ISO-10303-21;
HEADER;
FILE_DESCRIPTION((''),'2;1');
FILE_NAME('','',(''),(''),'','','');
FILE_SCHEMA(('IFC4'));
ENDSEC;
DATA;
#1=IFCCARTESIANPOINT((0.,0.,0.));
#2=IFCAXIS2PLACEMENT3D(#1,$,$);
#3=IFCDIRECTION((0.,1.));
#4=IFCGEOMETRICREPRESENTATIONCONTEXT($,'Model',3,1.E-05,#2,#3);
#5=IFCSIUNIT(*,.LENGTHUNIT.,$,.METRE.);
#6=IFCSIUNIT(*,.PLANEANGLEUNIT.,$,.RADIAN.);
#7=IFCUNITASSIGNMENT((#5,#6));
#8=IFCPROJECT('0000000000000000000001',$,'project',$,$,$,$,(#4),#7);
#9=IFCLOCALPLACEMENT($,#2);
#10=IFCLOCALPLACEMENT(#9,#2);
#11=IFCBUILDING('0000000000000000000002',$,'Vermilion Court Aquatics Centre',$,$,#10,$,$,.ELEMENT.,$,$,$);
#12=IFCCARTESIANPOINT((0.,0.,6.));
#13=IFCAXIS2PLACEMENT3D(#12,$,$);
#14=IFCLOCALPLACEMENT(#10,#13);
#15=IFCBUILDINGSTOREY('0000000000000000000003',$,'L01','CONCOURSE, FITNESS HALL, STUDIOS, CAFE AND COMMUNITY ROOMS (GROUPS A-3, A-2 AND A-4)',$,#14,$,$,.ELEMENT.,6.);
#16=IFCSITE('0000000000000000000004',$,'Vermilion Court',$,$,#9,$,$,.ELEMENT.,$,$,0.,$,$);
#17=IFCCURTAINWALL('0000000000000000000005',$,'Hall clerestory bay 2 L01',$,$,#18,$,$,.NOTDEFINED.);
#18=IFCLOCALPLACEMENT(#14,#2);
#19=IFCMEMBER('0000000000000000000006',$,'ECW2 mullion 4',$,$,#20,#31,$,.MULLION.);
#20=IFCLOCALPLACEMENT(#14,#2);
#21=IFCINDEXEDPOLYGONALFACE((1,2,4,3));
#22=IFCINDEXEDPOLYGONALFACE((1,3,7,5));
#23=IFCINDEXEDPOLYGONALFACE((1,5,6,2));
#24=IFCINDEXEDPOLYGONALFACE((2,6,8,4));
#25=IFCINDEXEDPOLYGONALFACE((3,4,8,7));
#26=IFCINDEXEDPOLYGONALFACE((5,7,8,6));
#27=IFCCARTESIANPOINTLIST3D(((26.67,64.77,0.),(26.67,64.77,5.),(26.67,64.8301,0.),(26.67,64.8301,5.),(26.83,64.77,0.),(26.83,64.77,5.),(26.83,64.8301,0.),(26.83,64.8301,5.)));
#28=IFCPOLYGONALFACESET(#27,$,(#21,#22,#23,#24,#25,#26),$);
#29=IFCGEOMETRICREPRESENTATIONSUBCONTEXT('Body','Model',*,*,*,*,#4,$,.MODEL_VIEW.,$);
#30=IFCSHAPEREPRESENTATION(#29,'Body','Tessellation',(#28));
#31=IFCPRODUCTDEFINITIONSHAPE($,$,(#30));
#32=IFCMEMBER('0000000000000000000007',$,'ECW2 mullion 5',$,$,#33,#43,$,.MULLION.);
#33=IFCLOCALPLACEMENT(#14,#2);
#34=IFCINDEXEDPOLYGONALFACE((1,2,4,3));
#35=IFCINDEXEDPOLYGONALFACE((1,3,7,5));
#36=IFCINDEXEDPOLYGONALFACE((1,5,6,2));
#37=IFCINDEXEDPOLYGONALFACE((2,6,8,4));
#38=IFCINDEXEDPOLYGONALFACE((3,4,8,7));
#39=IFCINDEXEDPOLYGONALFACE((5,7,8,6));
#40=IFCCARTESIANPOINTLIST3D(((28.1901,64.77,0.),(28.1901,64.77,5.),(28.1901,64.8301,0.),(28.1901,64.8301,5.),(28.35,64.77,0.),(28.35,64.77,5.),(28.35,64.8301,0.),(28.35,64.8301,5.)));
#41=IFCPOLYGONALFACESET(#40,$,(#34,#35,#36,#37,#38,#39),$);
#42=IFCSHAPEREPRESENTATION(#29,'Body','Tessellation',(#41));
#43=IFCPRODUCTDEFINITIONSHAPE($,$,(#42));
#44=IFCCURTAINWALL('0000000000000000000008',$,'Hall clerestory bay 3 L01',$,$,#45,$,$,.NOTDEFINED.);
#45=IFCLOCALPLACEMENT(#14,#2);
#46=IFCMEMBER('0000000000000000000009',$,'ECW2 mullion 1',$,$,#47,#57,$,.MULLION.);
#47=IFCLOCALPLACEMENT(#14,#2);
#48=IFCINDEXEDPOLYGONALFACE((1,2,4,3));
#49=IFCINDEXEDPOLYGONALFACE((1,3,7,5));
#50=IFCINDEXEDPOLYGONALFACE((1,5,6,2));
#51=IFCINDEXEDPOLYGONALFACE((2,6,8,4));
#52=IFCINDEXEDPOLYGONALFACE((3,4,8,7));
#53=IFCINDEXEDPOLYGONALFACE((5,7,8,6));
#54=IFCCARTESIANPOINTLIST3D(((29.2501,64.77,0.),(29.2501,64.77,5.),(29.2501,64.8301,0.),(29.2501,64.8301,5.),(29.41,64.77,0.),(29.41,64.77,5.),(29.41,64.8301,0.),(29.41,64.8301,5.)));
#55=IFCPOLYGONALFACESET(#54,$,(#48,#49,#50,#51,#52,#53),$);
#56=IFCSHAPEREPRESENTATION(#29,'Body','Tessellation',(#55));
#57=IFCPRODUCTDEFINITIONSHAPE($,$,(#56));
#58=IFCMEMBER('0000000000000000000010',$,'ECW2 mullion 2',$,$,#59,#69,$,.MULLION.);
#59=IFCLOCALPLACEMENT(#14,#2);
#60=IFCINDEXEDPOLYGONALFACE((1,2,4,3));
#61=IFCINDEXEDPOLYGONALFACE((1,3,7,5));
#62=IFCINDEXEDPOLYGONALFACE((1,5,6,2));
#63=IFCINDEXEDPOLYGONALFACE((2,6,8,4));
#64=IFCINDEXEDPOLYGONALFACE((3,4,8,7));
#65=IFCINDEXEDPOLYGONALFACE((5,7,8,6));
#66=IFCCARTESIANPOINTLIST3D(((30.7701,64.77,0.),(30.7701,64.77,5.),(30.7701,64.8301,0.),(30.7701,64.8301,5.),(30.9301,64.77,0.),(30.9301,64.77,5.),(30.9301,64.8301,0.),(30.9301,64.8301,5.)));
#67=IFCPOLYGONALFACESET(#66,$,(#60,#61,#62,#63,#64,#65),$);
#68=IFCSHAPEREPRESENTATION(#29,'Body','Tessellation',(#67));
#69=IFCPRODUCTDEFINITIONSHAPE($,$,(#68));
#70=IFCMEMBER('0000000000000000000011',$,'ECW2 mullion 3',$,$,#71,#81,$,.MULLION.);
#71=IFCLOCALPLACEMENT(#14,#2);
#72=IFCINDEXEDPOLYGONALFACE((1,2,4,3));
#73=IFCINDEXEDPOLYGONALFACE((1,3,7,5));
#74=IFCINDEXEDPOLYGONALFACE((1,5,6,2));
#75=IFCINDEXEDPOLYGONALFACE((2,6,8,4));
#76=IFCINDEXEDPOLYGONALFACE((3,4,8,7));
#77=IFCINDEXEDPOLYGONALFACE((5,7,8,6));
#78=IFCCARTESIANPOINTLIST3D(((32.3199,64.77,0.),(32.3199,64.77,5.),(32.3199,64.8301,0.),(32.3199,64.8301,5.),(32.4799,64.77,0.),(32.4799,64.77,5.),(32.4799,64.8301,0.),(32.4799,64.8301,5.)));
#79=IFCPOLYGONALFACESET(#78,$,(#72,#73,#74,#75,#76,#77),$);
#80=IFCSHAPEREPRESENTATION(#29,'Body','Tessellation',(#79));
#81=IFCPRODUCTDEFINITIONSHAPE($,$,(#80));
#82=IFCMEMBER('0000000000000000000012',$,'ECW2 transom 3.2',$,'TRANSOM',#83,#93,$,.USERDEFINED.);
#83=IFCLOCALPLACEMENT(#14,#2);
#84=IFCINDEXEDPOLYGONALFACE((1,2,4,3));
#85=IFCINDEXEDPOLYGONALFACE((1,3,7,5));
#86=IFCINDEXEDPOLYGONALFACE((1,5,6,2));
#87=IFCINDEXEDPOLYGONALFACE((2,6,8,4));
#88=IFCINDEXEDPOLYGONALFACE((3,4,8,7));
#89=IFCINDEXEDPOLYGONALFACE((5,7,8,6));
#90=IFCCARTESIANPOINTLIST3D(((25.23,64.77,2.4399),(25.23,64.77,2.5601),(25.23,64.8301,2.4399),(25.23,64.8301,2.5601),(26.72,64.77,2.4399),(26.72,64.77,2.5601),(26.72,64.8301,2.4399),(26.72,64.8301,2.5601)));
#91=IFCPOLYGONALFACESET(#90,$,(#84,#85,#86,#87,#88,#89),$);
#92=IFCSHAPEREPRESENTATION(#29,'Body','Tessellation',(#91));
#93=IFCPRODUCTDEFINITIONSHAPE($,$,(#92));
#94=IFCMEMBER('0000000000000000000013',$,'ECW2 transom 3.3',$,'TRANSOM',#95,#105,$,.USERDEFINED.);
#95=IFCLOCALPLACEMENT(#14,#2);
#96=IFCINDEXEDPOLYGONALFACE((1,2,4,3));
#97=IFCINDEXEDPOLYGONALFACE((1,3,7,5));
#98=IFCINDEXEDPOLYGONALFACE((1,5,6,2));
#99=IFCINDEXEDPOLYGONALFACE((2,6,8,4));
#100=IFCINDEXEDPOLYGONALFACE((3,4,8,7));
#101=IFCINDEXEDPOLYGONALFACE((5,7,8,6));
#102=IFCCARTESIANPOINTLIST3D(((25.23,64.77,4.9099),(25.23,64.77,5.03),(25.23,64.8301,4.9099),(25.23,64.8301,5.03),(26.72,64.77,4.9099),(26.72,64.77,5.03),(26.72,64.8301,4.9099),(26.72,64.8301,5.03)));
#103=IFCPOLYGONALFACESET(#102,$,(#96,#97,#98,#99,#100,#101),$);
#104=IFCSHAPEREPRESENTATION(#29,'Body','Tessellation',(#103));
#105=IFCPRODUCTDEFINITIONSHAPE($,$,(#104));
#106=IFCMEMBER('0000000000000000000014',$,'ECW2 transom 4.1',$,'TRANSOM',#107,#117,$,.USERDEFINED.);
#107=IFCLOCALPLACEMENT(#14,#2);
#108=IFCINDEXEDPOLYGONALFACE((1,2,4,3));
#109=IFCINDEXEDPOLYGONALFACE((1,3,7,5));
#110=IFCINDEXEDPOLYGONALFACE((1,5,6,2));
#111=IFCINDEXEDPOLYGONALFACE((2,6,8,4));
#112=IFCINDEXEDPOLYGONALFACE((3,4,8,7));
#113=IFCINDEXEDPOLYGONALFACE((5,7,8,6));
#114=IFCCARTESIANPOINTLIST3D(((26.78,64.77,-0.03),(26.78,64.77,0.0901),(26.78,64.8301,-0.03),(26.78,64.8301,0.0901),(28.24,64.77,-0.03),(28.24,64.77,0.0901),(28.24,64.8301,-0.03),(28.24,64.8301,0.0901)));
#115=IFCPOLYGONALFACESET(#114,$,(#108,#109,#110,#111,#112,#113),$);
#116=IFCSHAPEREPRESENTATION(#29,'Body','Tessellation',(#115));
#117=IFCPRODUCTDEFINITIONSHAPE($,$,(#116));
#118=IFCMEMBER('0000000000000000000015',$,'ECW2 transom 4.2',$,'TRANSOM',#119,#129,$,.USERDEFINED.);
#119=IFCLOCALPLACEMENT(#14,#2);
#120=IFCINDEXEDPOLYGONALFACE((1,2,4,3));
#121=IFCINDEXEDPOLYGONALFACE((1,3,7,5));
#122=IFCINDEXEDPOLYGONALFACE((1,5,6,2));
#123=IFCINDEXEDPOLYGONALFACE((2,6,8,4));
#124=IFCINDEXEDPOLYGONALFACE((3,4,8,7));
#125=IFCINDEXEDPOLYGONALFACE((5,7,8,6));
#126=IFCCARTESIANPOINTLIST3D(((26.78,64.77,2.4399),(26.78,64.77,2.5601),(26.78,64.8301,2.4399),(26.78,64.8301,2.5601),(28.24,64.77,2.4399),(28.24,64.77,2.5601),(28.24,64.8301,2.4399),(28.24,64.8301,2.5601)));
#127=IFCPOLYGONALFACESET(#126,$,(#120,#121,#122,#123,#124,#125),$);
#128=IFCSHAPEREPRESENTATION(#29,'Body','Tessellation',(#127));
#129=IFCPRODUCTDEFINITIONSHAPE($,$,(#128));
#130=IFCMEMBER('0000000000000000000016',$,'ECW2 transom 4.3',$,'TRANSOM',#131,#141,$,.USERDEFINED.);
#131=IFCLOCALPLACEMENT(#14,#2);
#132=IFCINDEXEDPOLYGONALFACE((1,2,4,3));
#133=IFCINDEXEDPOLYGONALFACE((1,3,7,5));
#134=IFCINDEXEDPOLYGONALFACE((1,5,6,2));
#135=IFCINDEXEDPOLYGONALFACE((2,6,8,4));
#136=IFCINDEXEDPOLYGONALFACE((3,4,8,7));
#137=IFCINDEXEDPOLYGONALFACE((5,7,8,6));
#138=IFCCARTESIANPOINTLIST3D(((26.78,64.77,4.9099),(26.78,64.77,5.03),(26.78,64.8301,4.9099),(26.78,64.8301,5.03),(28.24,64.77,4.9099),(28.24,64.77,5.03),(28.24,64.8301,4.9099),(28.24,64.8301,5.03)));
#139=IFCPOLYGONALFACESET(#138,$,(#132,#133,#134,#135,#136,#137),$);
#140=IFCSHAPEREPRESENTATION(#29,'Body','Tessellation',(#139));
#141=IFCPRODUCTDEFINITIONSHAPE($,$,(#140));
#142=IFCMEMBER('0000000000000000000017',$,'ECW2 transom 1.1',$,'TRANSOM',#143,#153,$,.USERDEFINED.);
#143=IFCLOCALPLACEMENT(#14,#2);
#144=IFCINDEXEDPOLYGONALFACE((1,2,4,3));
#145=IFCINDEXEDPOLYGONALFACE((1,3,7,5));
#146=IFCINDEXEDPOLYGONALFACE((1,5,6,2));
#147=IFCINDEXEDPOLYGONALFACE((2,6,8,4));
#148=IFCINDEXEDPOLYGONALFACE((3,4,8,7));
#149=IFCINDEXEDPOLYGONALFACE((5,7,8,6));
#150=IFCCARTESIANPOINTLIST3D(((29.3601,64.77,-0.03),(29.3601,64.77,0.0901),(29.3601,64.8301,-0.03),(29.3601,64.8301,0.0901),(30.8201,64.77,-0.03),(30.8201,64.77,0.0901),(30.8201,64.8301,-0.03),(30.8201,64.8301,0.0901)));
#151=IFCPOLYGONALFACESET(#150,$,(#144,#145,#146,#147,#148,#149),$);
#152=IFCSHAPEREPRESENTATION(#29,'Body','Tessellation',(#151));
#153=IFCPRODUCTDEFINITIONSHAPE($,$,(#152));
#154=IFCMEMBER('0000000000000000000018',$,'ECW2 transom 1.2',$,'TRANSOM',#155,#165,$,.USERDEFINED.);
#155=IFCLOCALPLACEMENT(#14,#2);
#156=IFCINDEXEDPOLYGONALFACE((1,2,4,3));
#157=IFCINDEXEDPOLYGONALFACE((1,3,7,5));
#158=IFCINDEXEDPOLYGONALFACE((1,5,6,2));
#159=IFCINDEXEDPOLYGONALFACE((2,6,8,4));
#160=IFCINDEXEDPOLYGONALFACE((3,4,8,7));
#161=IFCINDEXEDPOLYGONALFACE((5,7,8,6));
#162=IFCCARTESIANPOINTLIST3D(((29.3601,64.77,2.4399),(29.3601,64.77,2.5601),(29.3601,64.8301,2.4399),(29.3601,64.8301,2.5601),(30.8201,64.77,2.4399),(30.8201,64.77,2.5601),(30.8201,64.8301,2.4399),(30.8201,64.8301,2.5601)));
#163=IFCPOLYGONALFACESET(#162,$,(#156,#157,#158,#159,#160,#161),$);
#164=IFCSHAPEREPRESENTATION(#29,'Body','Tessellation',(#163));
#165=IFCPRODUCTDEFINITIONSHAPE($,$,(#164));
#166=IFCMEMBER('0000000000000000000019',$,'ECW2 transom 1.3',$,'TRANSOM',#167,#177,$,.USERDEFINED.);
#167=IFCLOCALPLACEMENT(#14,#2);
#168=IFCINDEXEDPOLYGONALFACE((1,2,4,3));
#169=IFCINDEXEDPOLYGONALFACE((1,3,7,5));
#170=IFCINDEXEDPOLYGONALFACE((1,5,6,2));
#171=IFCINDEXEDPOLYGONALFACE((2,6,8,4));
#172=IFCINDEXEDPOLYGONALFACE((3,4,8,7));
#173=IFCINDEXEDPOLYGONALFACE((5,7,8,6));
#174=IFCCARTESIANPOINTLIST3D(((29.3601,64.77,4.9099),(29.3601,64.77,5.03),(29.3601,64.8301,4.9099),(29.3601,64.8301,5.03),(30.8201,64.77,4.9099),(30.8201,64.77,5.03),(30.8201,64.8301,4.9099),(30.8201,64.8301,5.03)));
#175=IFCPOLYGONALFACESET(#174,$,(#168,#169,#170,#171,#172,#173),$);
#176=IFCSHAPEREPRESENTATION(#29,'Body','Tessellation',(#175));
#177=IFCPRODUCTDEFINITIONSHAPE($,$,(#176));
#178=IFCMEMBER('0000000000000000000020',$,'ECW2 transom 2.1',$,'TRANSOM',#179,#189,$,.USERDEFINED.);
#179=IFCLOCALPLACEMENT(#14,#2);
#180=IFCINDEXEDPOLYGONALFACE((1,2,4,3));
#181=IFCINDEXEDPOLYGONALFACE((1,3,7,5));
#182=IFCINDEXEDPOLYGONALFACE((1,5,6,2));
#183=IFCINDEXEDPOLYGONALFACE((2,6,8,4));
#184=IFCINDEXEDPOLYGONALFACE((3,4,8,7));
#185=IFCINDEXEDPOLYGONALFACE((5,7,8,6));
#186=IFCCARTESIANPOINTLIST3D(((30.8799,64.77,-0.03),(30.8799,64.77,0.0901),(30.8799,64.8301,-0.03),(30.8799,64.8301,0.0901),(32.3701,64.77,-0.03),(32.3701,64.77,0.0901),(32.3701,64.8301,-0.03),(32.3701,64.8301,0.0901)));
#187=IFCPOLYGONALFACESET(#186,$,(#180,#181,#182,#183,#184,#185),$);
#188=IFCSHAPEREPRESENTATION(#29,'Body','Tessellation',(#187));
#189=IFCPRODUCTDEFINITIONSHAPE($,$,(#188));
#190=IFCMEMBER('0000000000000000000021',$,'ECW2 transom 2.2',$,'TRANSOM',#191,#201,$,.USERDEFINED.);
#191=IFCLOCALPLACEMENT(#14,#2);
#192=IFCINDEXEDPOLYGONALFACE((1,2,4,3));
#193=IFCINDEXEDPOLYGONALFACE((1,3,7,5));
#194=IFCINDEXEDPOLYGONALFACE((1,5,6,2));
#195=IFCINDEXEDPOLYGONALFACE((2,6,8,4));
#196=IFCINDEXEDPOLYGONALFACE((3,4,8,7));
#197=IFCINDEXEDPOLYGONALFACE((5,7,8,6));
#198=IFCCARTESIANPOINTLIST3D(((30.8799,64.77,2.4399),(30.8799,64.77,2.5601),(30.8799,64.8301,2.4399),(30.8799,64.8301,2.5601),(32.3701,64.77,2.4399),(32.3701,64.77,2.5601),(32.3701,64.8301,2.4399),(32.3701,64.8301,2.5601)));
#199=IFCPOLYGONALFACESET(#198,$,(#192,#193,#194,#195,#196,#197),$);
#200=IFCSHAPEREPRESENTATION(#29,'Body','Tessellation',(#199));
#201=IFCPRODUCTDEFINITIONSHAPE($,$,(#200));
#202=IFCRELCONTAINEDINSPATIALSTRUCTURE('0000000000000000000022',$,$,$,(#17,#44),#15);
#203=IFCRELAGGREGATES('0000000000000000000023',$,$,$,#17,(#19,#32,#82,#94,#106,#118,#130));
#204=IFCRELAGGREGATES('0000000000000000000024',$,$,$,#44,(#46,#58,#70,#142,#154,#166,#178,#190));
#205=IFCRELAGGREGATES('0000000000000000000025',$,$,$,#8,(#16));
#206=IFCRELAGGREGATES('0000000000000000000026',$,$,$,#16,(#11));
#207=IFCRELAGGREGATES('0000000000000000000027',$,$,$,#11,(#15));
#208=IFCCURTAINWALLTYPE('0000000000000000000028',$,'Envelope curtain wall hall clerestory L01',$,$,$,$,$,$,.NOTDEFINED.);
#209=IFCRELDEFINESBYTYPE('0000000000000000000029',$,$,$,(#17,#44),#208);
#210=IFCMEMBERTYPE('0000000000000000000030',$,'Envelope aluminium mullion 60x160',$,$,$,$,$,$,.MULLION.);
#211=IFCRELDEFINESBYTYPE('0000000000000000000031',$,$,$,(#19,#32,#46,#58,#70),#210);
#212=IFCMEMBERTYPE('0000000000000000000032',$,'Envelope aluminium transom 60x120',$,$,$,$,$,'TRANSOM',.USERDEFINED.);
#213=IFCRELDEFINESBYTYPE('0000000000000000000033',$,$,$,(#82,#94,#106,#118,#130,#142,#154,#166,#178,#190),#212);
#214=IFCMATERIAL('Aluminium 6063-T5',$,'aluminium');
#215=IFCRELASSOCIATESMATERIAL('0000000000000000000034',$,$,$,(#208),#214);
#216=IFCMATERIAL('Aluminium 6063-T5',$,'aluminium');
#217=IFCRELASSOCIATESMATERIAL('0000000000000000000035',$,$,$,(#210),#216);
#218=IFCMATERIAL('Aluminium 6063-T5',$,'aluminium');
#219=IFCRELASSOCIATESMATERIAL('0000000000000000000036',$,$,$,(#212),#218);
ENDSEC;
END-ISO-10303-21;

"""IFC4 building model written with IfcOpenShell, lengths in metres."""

from ifc_helpers import new_model, si_unit, direction, frame, origin, origin_2d, place, context, subcontext, project, spatial, rectangle, extrude, material, material_profile, profile_set, type_object, element, aggregate, save


model = new_model("IFC4")

# Units and contexts
model_context = context("Model", 3, precision=1e-05, world=origin(), true_north=direction((0.0, 1.0)))
body_context = subcontext(model_context, "Body", "Model", "MODEL_VIEW")
ifc_project = project(units=[si_unit("LENGTHUNIT", "METRE"), si_unit("PLANEANGLEUNIT", "RADIAN")], contexts=[model_context])

# Site, building, storey
site_placement = place(None, origin())
site = spatial("IfcSite", under=ifc_project, at=site_placement, Name="Vermilion Court", CompositionType="ELEMENT", RefElevation=0.0)
building_placement = place(site_placement, origin())
building = spatial("IfcBuilding", under=site, at=building_placement, Name="Vermilion Court Aquatics Centre", CompositionType="ELEMENT")
storey_placement = place(building_placement, frame((0.0, 0.0, 6.0)))
storey = spatial("IfcBuildingStorey", under=building, at=storey_placement, Name="L01", Description="CONCOURSE, FITNESS HALL, STUDIOS, CAFE AND COMMUNITY ROOMS (GROUPS A-3, A-2 AND A-4)", CompositionType="ELEMENT", Elevation=6.0)

# Curtain walls, members
ifc_material_1 = material(Name="Aluminium 6063-T5", Category="aluminium")
curtain_wall_type = type_object("IfcCurtainWallType", Name="Envelope curtain wall hall clerestory L01", PredefinedType="NOTDEFINED", material=ifc_material_1)
curtain_wall_1_placement = place(storey_placement, origin())
curtain_wall_1 = element("IfcCurtainWall", 1, at=curtain_wall_1_placement, inside=storey, type_object=curtain_wall_type, Name="Hall clerestory bay 2 L01", PredefinedType="NOTDEFINED")
ifc_material_2 = material(Name="Aluminium 6063-T5", Category="aluminium")
ifc_material_profile_1 = material_profile(ifc_material_2, rectangle(XDim=0.0601, YDim=0.1599, at=origin_2d()), Name="AL 60x160")
ifc_profile_set_1 = profile_set([ifc_material_profile_1], Name="Aluminium 6063-T5")
member_type_1 = type_object("IfcMemberType", Name="Envelope aluminium mullion 60x160", PredefinedType="MULLION", material=ifc_profile_set_1)
member_1_placement = place(storey_placement, frame((26.75, 64.8, 0.0), z_axis=(0.0, 0.0, 1.0), x_axis=(0.0, 1.0, 0.0)))
member_1 = element("IfcMember", 2, at=member_1_placement, type_object=member_type_1, Name="ECW2 mullion 4", PredefinedType="MULLION", context=body_context, shape_type="SweptSolid", body=[
    extrude(rectangle(XDim=0.0601, YDim=0.1599, at=origin_2d()), origin(), (0.0, 0.0, 1.0), 5.0),
])
member_2_placement = place(storey_placement, frame((28.27, 64.8, 0.0), z_axis=(0.0, 0.0, 1.0), x_axis=(0.0, 1.0, 0.0)))
member_2 = element("IfcMember", 3, at=member_2_placement, type_object=member_type_1, Name="ECW2 mullion 5", PredefinedType="MULLION", context=body_context, shape_type="SweptSolid", body=[
    extrude(rectangle(XDim=0.0601, YDim=0.1599, at=origin_2d()), origin(), (0.0, 0.0, 1.0), 5.0),
])
curtain_wall_2_placement = place(storey_placement, origin())
curtain_wall_2 = element("IfcCurtainWall", 4, at=curtain_wall_2_placement, inside=storey, type_object=curtain_wall_type, Name="Hall clerestory bay 3 L01", PredefinedType="NOTDEFINED")
member_3_placement = place(storey_placement, frame((29.3301, 64.8, 0.0), z_axis=(0.0, 0.0, 1.0), x_axis=(0.0, 1.0, 0.0)))
member_3 = element("IfcMember", 5, at=member_3_placement, type_object=member_type_1, Name="ECW2 mullion 1", PredefinedType="MULLION", context=body_context, shape_type="SweptSolid", body=[
    extrude(rectangle(XDim=0.0601, YDim=0.1599, at=origin_2d()), origin(), (0.0, 0.0, 1.0), 5.0),
])
member_4_placement = place(storey_placement, frame((30.8501, 64.8, 0.0), z_axis=(0.0, 0.0, 1.0), x_axis=(0.0, 1.0, 0.0)))
member_4 = element("IfcMember", 6, at=member_4_placement, type_object=member_type_1, Name="ECW2 mullion 2", PredefinedType="MULLION", context=body_context, shape_type="SweptSolid", body=[
    extrude(rectangle(XDim=0.0601, YDim=0.1599, at=origin_2d()), origin(), (0.0, 0.0, 1.0), 5.0),
])
member_5_placement = place(storey_placement, frame((32.3999, 64.8, 0.0), z_axis=(0.0, 0.0, 1.0), x_axis=(0.0, 1.0, 0.0)))
member_5 = element("IfcMember", 7, at=member_5_placement, type_object=member_type_1, Name="ECW2 mullion 3", PredefinedType="MULLION", context=body_context, shape_type="SweptSolid", body=[
    extrude(rectangle(XDim=0.0601, YDim=0.1599, at=origin_2d()), origin(), (0.0, 0.0, 1.0), 5.0),
])

# Members
ifc_material_3 = material(Name="Aluminium 6063-T5", Category="aluminium")
ifc_material_profile_2 = material_profile(ifc_material_3, rectangle(XDim=0.0601, YDim=0.1201, at=origin_2d()), Name="AL 60x120")
ifc_profile_set_2 = profile_set([ifc_material_profile_2], Name="Aluminium 6063-T5")
member_type_2 = type_object("IfcMemberType", Name="Envelope aluminium transom 60x120", ElementType="TRANSOM", PredefinedType="USERDEFINED", material=ifc_profile_set_2)
member_6_placement = place(storey_placement, frame((25.23, 64.8, 2.5), z_axis=(1.0, 0.0, 0.0), x_axis=(0.0, 1.0, 0.0)))
member_6 = element("IfcMember", 8, at=member_6_placement, type_object=member_type_2, Name="ECW2 transom 3.2", ObjectType="TRANSOM", PredefinedType="USERDEFINED", context=body_context, shape_type="SweptSolid", body=[
    extrude(rectangle(XDim=0.0601, YDim=0.1201, at=origin_2d()), origin(), (0.0, 0.0, 1.0), 1.49),
])
member_7_placement = place(storey_placement, frame((25.23, 64.8, 4.97), z_axis=(1.0, 0.0, 0.0), x_axis=(0.0, 1.0, 0.0)))
member_7 = element("IfcMember", 9, at=member_7_placement, type_object=member_type_2, Name="ECW2 transom 3.3", ObjectType="TRANSOM", PredefinedType="USERDEFINED", context=body_context, shape_type="SweptSolid", body=[
    extrude(rectangle(XDim=0.0601, YDim=0.1201, at=origin_2d()), origin(), (0.0, 0.0, 1.0), 1.49),
])
member_8_placement = place(storey_placement, frame((26.78, 64.8, 0.03), z_axis=(1.0, 0.0, 0.0), x_axis=(0.0, 1.0, 0.0)))
member_8 = element("IfcMember", 10, at=member_8_placement, type_object=member_type_2, Name="ECW2 transom 4.1", ObjectType="TRANSOM", PredefinedType="USERDEFINED", context=body_context, shape_type="SweptSolid", body=[
    extrude(rectangle(XDim=0.0601, YDim=0.1201, at=origin_2d()), origin(), (0.0, 0.0, 1.0), 1.46),
])
member_9_placement = place(storey_placement, frame((26.78, 64.8, 2.5), z_axis=(1.0, 0.0, 0.0), x_axis=(0.0, 1.0, 0.0)))
member_9 = element("IfcMember", 11, at=member_9_placement, type_object=member_type_2, Name="ECW2 transom 4.2", ObjectType="TRANSOM", PredefinedType="USERDEFINED", context=body_context, shape_type="SweptSolid", body=[
    extrude(rectangle(XDim=0.0601, YDim=0.1201, at=origin_2d()), origin(), (0.0, 0.0, 1.0), 1.46),
])
member_10_placement = place(storey_placement, frame((26.78, 64.8, 4.97), z_axis=(1.0, 0.0, 0.0), x_axis=(0.0, 1.0, 0.0)))
member_10 = element("IfcMember", 12, at=member_10_placement, type_object=member_type_2, Name="ECW2 transom 4.3", ObjectType="TRANSOM", PredefinedType="USERDEFINED", context=body_context, shape_type="SweptSolid", body=[
    extrude(rectangle(XDim=0.0601, YDim=0.1201, at=origin_2d()), origin(), (0.0, 0.0, 1.0), 1.46),
])
member_11_placement = place(storey_placement, frame((29.3601, 64.8, 0.03), z_axis=(1.0, 0.0, 0.0), x_axis=(0.0, 1.0, 0.0)))
member_11 = element("IfcMember", 13, at=member_11_placement, type_object=member_type_2, Name="ECW2 transom 1.1", ObjectType="TRANSOM", PredefinedType="USERDEFINED", context=body_context, shape_type="SweptSolid", body=[
    extrude(rectangle(XDim=0.0601, YDim=0.1201, at=origin_2d()), origin(), (0.0, 0.0, 1.0), 1.46),
])
member_12_placement = place(storey_placement, frame((29.3601, 64.8, 2.5), z_axis=(1.0, 0.0, 0.0), x_axis=(0.0, 1.0, 0.0)))
member_12 = element("IfcMember", 14, at=member_12_placement, type_object=member_type_2, Name="ECW2 transom 1.2", ObjectType="TRANSOM", PredefinedType="USERDEFINED", context=body_context, shape_type="SweptSolid", body=[
    extrude(rectangle(XDim=0.0601, YDim=0.1201, at=origin_2d()), origin(), (0.0, 0.0, 1.0), 1.46),
])
member_13_placement = place(storey_placement, frame((29.3601, 64.8, 4.97), z_axis=(1.0, 0.0, 0.0), x_axis=(0.0, 1.0, 0.0)))
member_13 = element("IfcMember", 15, at=member_13_placement, type_object=member_type_2, Name="ECW2 transom 1.3", ObjectType="TRANSOM", PredefinedType="USERDEFINED", context=body_context, shape_type="SweptSolid", body=[
    extrude(rectangle(XDim=0.0601, YDim=0.1201, at=origin_2d()), origin(), (0.0, 0.0, 1.0), 1.46),
])
member_14_placement = place(storey_placement, frame((30.8799, 64.8, 0.03), z_axis=(1.0, 0.0, 0.0), x_axis=(0.0, 1.0, 0.0)))
member_14 = element("IfcMember", 16, at=member_14_placement, type_object=member_type_2, Name="ECW2 transom 2.1", ObjectType="TRANSOM", PredefinedType="USERDEFINED", context=body_context, shape_type="SweptSolid", body=[
    extrude(rectangle(XDim=0.0601, YDim=0.1201, at=origin_2d()), origin(), (0.0, 0.0, 1.0), 1.4902),
])
member_15_placement = place(storey_placement, frame((30.8799, 64.8, 2.5), z_axis=(1.0, 0.0, 0.0), x_axis=(0.0, 1.0, 0.0)))
member_15 = element("IfcMember", 17, at=member_15_placement, type_object=member_type_2, Name="ECW2 transom 2.2", ObjectType="TRANSOM", PredefinedType="USERDEFINED", context=body_context, shape_type="SweptSolid", body=[
    extrude(rectangle(XDim=0.0601, YDim=0.1201, at=origin_2d()), origin(), (0.0, 0.0, 1.0), 1.4902),
])

aggregate(curtain_wall_1, [member_1, member_2, member_6, member_7, member_8, member_9, member_10])
aggregate(curtain_wall_2, [member_3, member_4, member_5, member_11, member_12, member_13, member_14, member_15])

save(model, "model.ifc")
